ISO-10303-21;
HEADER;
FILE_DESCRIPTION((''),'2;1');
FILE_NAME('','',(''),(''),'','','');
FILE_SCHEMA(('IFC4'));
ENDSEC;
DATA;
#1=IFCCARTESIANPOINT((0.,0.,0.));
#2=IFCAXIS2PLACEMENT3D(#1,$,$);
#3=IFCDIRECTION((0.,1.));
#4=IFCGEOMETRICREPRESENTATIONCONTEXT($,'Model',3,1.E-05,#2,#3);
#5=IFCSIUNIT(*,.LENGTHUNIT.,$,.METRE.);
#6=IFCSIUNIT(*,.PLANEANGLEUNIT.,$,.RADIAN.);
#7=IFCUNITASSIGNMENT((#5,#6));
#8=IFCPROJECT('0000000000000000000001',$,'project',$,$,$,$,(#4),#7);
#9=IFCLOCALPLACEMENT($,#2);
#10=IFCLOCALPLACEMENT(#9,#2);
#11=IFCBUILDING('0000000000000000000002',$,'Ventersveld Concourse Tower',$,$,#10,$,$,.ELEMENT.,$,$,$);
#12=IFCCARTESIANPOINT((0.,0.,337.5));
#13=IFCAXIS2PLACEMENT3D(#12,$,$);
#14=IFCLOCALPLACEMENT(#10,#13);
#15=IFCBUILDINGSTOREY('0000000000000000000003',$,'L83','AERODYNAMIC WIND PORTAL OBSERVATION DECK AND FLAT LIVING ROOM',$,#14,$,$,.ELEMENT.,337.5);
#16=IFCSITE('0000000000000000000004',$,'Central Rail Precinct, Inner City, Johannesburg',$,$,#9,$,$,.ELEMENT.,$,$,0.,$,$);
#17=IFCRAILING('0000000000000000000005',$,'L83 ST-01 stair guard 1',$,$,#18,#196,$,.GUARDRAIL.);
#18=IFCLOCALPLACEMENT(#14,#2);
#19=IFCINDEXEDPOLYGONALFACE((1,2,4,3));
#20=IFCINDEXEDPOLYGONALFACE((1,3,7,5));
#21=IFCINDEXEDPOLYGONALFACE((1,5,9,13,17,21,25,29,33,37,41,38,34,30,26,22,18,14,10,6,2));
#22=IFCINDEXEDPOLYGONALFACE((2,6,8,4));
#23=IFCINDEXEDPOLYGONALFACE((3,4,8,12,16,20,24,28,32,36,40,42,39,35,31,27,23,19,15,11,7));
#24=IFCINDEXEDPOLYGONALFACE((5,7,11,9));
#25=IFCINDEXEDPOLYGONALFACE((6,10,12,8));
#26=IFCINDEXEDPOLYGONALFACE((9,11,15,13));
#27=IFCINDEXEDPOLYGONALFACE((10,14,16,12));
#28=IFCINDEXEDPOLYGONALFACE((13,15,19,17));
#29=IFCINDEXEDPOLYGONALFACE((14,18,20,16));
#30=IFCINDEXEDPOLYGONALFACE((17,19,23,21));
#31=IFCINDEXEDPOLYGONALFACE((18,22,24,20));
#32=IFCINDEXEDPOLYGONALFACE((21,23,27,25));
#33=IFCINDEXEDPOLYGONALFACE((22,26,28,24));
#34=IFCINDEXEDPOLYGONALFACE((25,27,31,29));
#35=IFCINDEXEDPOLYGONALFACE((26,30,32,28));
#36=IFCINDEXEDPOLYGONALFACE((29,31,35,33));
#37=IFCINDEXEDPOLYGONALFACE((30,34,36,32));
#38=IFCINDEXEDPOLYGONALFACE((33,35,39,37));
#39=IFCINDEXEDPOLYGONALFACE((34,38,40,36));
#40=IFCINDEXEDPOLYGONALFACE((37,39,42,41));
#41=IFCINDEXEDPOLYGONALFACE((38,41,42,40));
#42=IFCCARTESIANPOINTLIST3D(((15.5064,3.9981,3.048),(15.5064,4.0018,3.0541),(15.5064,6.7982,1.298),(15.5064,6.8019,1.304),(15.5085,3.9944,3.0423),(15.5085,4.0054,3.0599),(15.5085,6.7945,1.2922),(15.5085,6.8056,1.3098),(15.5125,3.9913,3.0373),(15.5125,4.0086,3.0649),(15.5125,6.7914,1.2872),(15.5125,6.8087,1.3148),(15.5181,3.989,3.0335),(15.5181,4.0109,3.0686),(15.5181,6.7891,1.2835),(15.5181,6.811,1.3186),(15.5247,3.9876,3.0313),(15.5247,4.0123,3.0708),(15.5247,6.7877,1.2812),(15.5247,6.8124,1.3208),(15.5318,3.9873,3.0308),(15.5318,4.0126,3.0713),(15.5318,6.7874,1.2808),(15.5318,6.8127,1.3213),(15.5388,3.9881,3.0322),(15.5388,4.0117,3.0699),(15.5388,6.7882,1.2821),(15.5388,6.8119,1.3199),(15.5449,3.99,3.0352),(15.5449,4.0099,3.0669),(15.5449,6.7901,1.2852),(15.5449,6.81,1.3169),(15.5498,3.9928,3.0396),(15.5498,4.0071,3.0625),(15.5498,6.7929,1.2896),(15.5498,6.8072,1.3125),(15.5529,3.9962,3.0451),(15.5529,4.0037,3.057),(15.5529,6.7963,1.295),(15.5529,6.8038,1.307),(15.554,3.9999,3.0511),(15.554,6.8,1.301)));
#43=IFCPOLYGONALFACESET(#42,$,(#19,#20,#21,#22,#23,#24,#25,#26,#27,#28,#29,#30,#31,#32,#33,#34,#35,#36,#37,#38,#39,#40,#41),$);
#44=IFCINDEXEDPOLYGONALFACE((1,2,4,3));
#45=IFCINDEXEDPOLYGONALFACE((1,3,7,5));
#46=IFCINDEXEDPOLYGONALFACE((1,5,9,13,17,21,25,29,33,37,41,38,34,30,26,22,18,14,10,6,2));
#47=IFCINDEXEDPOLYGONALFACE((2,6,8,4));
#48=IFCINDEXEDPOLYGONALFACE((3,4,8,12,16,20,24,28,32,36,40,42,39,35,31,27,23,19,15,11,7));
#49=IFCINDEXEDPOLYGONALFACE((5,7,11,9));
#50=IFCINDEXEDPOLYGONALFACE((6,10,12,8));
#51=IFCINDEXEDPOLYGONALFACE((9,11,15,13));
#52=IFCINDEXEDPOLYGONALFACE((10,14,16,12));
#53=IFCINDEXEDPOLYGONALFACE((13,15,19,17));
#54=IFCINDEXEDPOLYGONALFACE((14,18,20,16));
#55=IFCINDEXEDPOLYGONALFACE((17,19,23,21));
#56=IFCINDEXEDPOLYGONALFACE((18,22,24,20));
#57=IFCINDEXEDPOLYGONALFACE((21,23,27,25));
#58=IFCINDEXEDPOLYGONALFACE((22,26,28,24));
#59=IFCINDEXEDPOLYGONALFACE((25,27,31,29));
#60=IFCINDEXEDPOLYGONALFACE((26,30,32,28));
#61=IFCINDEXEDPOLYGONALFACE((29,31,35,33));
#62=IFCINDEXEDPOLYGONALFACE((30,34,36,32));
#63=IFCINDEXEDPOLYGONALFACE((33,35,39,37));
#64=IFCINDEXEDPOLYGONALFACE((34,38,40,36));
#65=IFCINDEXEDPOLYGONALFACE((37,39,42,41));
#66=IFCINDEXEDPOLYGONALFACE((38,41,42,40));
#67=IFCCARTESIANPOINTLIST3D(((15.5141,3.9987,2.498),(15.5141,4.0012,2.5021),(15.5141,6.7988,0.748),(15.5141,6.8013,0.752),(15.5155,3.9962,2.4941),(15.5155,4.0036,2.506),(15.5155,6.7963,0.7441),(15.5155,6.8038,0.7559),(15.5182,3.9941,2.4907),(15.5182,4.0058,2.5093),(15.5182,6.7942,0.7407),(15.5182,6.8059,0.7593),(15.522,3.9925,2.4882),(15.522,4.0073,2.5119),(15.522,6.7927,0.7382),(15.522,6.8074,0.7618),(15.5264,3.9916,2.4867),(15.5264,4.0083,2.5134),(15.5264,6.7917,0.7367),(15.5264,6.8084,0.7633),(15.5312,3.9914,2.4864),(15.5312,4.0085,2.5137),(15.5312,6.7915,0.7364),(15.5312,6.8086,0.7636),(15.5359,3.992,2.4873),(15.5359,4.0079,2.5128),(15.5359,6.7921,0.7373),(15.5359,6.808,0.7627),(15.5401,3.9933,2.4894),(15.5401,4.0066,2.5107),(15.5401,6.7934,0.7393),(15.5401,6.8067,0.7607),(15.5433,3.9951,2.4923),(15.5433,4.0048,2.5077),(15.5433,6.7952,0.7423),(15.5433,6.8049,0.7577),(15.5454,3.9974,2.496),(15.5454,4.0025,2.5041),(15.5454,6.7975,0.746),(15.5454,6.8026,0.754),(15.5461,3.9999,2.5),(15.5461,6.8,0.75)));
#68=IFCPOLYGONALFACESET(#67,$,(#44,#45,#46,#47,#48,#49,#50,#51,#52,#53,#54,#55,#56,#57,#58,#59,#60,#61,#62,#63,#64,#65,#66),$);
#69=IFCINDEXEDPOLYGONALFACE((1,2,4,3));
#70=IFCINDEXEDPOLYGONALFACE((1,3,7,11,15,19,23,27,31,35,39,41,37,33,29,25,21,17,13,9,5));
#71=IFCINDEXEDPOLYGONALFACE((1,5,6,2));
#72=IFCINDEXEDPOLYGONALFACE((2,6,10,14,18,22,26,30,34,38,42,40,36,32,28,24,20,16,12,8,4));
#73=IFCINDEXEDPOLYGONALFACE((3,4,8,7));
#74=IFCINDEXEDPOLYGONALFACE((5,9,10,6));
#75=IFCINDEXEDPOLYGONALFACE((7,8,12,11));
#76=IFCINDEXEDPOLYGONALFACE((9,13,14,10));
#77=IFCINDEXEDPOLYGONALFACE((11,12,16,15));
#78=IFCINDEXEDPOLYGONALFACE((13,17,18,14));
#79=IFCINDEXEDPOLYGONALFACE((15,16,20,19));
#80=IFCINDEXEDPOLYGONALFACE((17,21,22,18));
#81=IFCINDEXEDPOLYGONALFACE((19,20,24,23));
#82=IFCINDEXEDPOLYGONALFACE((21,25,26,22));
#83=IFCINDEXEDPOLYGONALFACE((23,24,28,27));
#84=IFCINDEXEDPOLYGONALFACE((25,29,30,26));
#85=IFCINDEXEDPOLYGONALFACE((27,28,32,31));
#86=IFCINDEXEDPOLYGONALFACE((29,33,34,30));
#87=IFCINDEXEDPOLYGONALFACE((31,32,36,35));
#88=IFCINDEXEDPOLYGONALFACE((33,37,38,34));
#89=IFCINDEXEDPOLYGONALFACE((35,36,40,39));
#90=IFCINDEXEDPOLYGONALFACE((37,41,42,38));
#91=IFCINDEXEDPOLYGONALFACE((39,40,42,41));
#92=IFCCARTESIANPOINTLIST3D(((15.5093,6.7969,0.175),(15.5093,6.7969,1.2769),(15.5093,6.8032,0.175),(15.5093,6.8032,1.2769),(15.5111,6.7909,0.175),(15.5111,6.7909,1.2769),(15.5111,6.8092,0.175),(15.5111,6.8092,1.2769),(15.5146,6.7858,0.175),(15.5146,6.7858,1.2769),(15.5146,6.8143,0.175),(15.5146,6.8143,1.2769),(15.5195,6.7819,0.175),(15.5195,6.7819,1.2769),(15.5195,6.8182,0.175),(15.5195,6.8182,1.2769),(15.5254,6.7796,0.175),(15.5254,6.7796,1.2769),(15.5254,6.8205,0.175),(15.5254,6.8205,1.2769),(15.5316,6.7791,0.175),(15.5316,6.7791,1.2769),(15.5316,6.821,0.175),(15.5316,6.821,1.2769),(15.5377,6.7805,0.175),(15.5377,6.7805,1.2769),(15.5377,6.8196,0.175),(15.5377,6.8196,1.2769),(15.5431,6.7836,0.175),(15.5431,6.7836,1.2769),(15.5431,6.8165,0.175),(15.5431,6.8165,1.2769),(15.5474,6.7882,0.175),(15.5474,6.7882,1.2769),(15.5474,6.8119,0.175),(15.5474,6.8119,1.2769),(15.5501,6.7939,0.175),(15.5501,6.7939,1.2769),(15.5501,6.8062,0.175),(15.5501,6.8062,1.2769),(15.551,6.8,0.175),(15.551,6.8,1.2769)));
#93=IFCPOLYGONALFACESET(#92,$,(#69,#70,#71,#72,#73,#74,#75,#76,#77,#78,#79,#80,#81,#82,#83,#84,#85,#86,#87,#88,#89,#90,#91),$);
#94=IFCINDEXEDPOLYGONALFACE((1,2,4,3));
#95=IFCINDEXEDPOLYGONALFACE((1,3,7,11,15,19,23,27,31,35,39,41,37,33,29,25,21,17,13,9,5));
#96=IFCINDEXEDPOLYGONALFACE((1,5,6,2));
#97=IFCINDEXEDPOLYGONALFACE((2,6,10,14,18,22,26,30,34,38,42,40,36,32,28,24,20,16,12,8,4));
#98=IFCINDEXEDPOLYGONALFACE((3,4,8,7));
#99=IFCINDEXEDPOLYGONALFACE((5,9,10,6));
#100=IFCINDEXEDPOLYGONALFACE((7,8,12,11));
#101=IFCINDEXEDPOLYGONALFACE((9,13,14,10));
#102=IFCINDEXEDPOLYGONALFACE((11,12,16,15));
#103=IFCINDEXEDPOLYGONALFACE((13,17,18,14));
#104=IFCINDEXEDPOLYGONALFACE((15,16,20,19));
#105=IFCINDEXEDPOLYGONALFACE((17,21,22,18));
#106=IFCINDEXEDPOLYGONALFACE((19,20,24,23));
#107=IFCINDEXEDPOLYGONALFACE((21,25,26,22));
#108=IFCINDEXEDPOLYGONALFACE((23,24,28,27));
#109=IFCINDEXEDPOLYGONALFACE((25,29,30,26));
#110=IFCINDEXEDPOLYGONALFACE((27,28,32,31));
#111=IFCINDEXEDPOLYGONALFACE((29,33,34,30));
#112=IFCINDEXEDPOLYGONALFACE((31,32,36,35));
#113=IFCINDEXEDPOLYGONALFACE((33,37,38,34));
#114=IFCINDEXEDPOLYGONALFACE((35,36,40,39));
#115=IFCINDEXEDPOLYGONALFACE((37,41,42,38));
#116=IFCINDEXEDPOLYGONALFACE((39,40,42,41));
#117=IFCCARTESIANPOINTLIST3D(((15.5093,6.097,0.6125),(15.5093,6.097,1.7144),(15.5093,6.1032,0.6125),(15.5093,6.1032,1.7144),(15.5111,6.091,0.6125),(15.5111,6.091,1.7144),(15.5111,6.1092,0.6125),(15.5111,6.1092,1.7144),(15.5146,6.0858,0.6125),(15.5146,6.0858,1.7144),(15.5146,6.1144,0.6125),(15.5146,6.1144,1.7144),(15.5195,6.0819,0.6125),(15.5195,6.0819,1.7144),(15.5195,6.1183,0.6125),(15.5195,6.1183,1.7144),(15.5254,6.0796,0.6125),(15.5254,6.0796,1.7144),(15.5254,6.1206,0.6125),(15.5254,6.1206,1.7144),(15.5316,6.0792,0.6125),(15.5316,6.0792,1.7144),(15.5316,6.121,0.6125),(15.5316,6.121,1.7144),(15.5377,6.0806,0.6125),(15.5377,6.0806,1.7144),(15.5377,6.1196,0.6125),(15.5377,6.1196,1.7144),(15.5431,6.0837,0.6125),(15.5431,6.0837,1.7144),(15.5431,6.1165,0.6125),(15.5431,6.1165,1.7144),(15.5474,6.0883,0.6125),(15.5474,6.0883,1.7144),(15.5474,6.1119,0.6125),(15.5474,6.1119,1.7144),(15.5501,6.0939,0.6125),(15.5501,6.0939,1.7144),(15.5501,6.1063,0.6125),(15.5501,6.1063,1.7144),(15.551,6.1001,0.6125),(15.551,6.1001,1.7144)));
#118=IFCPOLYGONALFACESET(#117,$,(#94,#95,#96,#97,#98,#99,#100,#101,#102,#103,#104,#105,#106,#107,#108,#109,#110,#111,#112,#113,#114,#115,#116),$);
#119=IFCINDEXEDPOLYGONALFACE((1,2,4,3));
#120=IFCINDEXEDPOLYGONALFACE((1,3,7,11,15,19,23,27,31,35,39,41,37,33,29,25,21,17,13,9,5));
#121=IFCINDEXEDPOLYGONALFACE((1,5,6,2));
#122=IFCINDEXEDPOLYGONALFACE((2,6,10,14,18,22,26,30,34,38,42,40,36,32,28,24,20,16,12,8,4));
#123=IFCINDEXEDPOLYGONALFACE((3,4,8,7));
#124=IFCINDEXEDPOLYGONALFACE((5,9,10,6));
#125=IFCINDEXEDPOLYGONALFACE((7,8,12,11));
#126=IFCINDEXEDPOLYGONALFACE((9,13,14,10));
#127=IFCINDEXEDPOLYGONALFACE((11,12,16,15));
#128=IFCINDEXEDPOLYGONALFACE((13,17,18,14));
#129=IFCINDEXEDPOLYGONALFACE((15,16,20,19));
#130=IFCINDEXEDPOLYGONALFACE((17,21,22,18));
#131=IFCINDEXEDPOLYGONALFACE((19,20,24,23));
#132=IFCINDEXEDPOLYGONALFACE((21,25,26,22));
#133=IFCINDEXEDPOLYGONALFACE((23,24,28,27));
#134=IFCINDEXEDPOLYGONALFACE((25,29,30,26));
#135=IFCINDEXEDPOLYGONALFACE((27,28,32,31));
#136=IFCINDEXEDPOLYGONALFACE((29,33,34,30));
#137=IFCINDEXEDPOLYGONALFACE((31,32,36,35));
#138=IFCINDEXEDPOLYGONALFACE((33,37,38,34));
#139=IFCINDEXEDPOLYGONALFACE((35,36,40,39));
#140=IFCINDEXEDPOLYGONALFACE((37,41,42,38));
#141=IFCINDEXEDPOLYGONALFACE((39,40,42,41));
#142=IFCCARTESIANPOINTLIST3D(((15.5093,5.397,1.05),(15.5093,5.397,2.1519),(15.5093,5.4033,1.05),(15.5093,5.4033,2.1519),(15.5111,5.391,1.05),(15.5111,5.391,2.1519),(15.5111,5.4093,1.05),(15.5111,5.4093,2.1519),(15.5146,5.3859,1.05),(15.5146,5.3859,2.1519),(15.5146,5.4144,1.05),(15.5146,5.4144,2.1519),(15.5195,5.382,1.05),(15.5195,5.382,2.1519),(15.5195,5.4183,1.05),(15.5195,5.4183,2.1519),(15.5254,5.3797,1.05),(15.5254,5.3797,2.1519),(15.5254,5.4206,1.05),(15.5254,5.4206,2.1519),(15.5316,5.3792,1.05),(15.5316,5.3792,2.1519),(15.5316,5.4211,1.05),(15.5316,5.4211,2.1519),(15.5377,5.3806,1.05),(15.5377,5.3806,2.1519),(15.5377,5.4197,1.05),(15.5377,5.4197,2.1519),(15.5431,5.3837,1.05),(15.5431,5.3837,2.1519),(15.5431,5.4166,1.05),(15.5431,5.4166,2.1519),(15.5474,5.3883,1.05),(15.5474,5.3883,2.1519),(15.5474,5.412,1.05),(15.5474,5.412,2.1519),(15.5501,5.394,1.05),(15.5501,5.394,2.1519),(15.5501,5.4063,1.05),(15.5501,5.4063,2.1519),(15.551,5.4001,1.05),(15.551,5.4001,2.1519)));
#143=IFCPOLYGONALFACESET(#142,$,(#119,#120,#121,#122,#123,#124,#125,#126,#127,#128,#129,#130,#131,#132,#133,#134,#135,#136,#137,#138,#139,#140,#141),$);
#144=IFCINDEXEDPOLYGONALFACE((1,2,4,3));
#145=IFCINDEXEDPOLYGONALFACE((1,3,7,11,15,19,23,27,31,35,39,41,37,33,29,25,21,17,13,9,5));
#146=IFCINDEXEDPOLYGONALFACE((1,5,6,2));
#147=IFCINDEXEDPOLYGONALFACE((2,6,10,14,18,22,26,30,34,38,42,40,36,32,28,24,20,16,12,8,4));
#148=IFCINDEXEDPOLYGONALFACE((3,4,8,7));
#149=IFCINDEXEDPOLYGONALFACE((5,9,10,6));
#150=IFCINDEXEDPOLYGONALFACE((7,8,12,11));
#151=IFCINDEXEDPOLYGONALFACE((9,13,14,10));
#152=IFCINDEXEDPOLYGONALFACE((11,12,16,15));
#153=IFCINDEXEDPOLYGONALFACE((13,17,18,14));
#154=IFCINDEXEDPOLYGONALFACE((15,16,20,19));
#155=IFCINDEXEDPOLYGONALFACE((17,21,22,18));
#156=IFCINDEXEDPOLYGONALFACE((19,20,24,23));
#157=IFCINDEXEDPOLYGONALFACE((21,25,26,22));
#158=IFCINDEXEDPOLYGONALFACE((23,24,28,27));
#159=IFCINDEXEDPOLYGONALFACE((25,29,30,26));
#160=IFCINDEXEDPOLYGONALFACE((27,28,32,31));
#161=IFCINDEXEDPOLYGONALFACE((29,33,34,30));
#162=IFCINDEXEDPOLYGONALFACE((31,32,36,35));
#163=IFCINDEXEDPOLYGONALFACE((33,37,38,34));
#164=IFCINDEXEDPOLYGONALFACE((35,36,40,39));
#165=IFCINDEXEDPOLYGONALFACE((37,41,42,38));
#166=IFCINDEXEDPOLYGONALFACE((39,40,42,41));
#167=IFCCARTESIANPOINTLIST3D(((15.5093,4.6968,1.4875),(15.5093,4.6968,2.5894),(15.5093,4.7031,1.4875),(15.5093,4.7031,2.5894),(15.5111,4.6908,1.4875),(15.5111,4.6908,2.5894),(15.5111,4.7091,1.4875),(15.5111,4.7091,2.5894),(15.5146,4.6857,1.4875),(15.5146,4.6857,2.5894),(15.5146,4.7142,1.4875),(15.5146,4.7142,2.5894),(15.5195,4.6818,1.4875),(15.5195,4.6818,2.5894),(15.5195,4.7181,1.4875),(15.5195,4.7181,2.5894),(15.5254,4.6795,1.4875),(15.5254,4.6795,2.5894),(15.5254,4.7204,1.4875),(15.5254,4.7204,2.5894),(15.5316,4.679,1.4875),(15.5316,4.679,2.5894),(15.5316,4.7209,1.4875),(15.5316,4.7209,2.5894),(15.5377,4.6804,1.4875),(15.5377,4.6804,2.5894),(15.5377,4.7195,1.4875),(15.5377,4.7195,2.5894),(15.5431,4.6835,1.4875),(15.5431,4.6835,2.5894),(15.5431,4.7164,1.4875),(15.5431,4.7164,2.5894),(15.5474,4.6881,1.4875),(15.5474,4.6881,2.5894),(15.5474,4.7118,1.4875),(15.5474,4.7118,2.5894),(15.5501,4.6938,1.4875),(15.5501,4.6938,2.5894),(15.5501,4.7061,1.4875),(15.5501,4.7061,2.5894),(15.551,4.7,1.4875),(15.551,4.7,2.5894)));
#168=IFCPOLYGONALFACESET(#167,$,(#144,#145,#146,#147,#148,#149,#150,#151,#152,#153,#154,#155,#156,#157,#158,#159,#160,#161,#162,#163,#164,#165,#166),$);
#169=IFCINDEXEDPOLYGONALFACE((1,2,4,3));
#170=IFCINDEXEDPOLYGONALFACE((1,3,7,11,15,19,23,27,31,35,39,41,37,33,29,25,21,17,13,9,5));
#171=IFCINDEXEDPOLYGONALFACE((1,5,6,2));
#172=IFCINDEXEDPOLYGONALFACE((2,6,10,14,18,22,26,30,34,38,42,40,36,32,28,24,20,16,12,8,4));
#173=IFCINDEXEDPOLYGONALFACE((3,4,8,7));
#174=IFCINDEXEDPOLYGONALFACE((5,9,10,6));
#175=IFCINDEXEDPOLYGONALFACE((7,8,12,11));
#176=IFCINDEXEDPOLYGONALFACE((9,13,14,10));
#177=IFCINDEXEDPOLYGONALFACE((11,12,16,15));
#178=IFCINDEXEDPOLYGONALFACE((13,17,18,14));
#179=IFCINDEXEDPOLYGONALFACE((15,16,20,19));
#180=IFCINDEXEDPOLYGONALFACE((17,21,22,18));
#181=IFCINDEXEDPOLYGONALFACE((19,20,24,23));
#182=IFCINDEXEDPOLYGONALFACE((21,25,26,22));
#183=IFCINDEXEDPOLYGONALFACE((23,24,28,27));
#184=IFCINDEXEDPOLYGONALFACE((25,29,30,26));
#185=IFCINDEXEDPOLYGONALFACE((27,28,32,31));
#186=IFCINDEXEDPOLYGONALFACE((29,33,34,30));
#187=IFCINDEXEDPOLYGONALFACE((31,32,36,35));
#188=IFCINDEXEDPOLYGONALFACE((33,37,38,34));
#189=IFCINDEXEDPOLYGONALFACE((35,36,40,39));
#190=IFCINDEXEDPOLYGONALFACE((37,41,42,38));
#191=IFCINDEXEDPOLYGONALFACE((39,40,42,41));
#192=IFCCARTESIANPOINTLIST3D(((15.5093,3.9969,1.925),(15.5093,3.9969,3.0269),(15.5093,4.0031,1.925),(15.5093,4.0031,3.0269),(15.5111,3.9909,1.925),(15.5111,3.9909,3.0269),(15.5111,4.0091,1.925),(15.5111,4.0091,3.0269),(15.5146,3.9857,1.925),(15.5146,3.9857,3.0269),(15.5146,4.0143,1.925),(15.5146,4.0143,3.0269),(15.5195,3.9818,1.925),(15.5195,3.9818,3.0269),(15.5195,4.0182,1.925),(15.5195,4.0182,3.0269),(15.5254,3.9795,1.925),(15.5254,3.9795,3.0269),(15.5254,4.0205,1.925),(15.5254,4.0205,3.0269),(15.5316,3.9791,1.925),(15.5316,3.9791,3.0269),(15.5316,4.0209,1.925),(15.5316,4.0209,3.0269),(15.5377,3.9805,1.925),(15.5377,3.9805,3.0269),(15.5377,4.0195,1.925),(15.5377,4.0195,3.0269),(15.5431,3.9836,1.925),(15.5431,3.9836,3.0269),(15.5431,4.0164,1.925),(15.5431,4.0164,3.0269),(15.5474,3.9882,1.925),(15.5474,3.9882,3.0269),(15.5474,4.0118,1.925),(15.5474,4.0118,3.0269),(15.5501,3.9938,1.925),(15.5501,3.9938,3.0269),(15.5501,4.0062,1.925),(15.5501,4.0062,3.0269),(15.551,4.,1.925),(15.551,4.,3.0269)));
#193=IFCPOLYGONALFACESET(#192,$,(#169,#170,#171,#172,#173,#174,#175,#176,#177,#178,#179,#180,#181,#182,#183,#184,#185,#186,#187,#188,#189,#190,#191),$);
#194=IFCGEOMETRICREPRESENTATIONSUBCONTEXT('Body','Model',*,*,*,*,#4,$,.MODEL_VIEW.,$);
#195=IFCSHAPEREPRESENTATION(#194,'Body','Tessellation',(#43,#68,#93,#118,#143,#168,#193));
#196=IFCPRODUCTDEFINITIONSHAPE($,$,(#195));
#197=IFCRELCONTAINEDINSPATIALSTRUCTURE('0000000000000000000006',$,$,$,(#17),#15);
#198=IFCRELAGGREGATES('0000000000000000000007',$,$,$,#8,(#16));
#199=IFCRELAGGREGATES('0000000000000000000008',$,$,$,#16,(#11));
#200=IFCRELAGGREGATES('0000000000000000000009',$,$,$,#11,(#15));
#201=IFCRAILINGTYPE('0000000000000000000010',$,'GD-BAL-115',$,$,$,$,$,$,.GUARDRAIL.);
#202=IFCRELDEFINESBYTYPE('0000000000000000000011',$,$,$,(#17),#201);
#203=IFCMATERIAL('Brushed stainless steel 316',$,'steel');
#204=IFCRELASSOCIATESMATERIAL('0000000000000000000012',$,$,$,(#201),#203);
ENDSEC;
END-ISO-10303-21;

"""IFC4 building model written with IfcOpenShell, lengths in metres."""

from ifc_helpers import new_model, si_unit, direction, frame, origin, origin_2d, place, context, subcontext, project, spatial, circle, extrude, material, type_object, element, save


model = new_model("IFC4")

# Units and contexts
model_context = context("Model", 3, precision=1e-05, world=origin(), true_north=direction((0.0, 1.0)))
body_context = subcontext(model_context, "Body", "Model", "MODEL_VIEW")
ifc_project = project(units=[si_unit("LENGTHUNIT", "METRE"), si_unit("PLANEANGLEUNIT", "RADIAN")], contexts=[model_context])

# Site, building, storey
site_placement = place(None, origin())
site = spatial("IfcSite", under=ifc_project, at=site_placement, Name="Central Rail Precinct, Inner City, Johannesburg", CompositionType="ELEMENT", RefElevation=0.0)
building_placement = place(site_placement, origin())
building = spatial("IfcBuilding", under=site, at=building_placement, Name="Ventersveld Concourse Tower", CompositionType="ELEMENT")
storey_placement = place(building_placement, frame((0.0, 0.0, 337.5)))
storey = spatial("IfcBuildingStorey", under=building, at=storey_placement, Name="L83", Description="AERODYNAMIC WIND PORTAL OBSERVATION DECK AND FLAT LIVING ROOM", CompositionType="ELEMENT", Elevation=337.5)

# Railing
ifc_material_1 = material(Name="Brushed stainless steel 316", Category="steel")
railing_type_1 = type_object("IfcRailingType", Name="GD-BAL-115", PredefinedType="GUARDRAIL", material=ifc_material_1)
railing_1_placement = place(storey_placement, frame((15.53, 6.8, 0.175)))
element("IfcRailing", 1, at=railing_1_placement, inside=storey, type_object=railing_type_1, Name="L83 ST-01 stair guard 1", PredefinedType="GUARDRAIL", context=body_context, shape_type="SweptSolid", body=[
    extrude(circle(Radius=0.0239, at=origin_2d()), frame((0.0, 0.0, 1.126), z_axis=(0.0, -0.848002, 0.529992), x_axis=(1.0, 0.0, 0.0)), (0.0, 0.0, 1.0), 3.302),
    extrude(circle(Radius=0.0161, at=origin_2d()), frame((0.0, 0.0, 0.575), z_axis=(0.0, -0.848002, 0.529992), x_axis=(1.0, 0.0, 0.0)), (0.0, 0.0, 1.0), 3.302),
    extrude(circle(Radius=0.021, at=origin_2d()), origin(), (0.0, 0.0, 1.0), 1.1018),
    extrude(circle(Radius=0.021, at=origin_2d()), frame((0.0, -0.7, 0.4375)), (0.0, 0.0, 1.0), 1.1018),
    extrude(circle(Radius=0.021, at=origin_2d()), frame((0.0, -1.3999, 0.875)), (0.0, 0.0, 1.0), 1.1018),
    extrude(circle(Radius=0.021, at=origin_2d()), frame((0.0, -2.1001, 1.3125)), (0.0, 0.0, 1.0), 1.1018),
    extrude(circle(Radius=0.021, at=origin_2d()), frame((0.0, -2.8, 1.75)), (0.0, 0.0, 1.0), 1.1018),
])

save(model, "model.ifc")
